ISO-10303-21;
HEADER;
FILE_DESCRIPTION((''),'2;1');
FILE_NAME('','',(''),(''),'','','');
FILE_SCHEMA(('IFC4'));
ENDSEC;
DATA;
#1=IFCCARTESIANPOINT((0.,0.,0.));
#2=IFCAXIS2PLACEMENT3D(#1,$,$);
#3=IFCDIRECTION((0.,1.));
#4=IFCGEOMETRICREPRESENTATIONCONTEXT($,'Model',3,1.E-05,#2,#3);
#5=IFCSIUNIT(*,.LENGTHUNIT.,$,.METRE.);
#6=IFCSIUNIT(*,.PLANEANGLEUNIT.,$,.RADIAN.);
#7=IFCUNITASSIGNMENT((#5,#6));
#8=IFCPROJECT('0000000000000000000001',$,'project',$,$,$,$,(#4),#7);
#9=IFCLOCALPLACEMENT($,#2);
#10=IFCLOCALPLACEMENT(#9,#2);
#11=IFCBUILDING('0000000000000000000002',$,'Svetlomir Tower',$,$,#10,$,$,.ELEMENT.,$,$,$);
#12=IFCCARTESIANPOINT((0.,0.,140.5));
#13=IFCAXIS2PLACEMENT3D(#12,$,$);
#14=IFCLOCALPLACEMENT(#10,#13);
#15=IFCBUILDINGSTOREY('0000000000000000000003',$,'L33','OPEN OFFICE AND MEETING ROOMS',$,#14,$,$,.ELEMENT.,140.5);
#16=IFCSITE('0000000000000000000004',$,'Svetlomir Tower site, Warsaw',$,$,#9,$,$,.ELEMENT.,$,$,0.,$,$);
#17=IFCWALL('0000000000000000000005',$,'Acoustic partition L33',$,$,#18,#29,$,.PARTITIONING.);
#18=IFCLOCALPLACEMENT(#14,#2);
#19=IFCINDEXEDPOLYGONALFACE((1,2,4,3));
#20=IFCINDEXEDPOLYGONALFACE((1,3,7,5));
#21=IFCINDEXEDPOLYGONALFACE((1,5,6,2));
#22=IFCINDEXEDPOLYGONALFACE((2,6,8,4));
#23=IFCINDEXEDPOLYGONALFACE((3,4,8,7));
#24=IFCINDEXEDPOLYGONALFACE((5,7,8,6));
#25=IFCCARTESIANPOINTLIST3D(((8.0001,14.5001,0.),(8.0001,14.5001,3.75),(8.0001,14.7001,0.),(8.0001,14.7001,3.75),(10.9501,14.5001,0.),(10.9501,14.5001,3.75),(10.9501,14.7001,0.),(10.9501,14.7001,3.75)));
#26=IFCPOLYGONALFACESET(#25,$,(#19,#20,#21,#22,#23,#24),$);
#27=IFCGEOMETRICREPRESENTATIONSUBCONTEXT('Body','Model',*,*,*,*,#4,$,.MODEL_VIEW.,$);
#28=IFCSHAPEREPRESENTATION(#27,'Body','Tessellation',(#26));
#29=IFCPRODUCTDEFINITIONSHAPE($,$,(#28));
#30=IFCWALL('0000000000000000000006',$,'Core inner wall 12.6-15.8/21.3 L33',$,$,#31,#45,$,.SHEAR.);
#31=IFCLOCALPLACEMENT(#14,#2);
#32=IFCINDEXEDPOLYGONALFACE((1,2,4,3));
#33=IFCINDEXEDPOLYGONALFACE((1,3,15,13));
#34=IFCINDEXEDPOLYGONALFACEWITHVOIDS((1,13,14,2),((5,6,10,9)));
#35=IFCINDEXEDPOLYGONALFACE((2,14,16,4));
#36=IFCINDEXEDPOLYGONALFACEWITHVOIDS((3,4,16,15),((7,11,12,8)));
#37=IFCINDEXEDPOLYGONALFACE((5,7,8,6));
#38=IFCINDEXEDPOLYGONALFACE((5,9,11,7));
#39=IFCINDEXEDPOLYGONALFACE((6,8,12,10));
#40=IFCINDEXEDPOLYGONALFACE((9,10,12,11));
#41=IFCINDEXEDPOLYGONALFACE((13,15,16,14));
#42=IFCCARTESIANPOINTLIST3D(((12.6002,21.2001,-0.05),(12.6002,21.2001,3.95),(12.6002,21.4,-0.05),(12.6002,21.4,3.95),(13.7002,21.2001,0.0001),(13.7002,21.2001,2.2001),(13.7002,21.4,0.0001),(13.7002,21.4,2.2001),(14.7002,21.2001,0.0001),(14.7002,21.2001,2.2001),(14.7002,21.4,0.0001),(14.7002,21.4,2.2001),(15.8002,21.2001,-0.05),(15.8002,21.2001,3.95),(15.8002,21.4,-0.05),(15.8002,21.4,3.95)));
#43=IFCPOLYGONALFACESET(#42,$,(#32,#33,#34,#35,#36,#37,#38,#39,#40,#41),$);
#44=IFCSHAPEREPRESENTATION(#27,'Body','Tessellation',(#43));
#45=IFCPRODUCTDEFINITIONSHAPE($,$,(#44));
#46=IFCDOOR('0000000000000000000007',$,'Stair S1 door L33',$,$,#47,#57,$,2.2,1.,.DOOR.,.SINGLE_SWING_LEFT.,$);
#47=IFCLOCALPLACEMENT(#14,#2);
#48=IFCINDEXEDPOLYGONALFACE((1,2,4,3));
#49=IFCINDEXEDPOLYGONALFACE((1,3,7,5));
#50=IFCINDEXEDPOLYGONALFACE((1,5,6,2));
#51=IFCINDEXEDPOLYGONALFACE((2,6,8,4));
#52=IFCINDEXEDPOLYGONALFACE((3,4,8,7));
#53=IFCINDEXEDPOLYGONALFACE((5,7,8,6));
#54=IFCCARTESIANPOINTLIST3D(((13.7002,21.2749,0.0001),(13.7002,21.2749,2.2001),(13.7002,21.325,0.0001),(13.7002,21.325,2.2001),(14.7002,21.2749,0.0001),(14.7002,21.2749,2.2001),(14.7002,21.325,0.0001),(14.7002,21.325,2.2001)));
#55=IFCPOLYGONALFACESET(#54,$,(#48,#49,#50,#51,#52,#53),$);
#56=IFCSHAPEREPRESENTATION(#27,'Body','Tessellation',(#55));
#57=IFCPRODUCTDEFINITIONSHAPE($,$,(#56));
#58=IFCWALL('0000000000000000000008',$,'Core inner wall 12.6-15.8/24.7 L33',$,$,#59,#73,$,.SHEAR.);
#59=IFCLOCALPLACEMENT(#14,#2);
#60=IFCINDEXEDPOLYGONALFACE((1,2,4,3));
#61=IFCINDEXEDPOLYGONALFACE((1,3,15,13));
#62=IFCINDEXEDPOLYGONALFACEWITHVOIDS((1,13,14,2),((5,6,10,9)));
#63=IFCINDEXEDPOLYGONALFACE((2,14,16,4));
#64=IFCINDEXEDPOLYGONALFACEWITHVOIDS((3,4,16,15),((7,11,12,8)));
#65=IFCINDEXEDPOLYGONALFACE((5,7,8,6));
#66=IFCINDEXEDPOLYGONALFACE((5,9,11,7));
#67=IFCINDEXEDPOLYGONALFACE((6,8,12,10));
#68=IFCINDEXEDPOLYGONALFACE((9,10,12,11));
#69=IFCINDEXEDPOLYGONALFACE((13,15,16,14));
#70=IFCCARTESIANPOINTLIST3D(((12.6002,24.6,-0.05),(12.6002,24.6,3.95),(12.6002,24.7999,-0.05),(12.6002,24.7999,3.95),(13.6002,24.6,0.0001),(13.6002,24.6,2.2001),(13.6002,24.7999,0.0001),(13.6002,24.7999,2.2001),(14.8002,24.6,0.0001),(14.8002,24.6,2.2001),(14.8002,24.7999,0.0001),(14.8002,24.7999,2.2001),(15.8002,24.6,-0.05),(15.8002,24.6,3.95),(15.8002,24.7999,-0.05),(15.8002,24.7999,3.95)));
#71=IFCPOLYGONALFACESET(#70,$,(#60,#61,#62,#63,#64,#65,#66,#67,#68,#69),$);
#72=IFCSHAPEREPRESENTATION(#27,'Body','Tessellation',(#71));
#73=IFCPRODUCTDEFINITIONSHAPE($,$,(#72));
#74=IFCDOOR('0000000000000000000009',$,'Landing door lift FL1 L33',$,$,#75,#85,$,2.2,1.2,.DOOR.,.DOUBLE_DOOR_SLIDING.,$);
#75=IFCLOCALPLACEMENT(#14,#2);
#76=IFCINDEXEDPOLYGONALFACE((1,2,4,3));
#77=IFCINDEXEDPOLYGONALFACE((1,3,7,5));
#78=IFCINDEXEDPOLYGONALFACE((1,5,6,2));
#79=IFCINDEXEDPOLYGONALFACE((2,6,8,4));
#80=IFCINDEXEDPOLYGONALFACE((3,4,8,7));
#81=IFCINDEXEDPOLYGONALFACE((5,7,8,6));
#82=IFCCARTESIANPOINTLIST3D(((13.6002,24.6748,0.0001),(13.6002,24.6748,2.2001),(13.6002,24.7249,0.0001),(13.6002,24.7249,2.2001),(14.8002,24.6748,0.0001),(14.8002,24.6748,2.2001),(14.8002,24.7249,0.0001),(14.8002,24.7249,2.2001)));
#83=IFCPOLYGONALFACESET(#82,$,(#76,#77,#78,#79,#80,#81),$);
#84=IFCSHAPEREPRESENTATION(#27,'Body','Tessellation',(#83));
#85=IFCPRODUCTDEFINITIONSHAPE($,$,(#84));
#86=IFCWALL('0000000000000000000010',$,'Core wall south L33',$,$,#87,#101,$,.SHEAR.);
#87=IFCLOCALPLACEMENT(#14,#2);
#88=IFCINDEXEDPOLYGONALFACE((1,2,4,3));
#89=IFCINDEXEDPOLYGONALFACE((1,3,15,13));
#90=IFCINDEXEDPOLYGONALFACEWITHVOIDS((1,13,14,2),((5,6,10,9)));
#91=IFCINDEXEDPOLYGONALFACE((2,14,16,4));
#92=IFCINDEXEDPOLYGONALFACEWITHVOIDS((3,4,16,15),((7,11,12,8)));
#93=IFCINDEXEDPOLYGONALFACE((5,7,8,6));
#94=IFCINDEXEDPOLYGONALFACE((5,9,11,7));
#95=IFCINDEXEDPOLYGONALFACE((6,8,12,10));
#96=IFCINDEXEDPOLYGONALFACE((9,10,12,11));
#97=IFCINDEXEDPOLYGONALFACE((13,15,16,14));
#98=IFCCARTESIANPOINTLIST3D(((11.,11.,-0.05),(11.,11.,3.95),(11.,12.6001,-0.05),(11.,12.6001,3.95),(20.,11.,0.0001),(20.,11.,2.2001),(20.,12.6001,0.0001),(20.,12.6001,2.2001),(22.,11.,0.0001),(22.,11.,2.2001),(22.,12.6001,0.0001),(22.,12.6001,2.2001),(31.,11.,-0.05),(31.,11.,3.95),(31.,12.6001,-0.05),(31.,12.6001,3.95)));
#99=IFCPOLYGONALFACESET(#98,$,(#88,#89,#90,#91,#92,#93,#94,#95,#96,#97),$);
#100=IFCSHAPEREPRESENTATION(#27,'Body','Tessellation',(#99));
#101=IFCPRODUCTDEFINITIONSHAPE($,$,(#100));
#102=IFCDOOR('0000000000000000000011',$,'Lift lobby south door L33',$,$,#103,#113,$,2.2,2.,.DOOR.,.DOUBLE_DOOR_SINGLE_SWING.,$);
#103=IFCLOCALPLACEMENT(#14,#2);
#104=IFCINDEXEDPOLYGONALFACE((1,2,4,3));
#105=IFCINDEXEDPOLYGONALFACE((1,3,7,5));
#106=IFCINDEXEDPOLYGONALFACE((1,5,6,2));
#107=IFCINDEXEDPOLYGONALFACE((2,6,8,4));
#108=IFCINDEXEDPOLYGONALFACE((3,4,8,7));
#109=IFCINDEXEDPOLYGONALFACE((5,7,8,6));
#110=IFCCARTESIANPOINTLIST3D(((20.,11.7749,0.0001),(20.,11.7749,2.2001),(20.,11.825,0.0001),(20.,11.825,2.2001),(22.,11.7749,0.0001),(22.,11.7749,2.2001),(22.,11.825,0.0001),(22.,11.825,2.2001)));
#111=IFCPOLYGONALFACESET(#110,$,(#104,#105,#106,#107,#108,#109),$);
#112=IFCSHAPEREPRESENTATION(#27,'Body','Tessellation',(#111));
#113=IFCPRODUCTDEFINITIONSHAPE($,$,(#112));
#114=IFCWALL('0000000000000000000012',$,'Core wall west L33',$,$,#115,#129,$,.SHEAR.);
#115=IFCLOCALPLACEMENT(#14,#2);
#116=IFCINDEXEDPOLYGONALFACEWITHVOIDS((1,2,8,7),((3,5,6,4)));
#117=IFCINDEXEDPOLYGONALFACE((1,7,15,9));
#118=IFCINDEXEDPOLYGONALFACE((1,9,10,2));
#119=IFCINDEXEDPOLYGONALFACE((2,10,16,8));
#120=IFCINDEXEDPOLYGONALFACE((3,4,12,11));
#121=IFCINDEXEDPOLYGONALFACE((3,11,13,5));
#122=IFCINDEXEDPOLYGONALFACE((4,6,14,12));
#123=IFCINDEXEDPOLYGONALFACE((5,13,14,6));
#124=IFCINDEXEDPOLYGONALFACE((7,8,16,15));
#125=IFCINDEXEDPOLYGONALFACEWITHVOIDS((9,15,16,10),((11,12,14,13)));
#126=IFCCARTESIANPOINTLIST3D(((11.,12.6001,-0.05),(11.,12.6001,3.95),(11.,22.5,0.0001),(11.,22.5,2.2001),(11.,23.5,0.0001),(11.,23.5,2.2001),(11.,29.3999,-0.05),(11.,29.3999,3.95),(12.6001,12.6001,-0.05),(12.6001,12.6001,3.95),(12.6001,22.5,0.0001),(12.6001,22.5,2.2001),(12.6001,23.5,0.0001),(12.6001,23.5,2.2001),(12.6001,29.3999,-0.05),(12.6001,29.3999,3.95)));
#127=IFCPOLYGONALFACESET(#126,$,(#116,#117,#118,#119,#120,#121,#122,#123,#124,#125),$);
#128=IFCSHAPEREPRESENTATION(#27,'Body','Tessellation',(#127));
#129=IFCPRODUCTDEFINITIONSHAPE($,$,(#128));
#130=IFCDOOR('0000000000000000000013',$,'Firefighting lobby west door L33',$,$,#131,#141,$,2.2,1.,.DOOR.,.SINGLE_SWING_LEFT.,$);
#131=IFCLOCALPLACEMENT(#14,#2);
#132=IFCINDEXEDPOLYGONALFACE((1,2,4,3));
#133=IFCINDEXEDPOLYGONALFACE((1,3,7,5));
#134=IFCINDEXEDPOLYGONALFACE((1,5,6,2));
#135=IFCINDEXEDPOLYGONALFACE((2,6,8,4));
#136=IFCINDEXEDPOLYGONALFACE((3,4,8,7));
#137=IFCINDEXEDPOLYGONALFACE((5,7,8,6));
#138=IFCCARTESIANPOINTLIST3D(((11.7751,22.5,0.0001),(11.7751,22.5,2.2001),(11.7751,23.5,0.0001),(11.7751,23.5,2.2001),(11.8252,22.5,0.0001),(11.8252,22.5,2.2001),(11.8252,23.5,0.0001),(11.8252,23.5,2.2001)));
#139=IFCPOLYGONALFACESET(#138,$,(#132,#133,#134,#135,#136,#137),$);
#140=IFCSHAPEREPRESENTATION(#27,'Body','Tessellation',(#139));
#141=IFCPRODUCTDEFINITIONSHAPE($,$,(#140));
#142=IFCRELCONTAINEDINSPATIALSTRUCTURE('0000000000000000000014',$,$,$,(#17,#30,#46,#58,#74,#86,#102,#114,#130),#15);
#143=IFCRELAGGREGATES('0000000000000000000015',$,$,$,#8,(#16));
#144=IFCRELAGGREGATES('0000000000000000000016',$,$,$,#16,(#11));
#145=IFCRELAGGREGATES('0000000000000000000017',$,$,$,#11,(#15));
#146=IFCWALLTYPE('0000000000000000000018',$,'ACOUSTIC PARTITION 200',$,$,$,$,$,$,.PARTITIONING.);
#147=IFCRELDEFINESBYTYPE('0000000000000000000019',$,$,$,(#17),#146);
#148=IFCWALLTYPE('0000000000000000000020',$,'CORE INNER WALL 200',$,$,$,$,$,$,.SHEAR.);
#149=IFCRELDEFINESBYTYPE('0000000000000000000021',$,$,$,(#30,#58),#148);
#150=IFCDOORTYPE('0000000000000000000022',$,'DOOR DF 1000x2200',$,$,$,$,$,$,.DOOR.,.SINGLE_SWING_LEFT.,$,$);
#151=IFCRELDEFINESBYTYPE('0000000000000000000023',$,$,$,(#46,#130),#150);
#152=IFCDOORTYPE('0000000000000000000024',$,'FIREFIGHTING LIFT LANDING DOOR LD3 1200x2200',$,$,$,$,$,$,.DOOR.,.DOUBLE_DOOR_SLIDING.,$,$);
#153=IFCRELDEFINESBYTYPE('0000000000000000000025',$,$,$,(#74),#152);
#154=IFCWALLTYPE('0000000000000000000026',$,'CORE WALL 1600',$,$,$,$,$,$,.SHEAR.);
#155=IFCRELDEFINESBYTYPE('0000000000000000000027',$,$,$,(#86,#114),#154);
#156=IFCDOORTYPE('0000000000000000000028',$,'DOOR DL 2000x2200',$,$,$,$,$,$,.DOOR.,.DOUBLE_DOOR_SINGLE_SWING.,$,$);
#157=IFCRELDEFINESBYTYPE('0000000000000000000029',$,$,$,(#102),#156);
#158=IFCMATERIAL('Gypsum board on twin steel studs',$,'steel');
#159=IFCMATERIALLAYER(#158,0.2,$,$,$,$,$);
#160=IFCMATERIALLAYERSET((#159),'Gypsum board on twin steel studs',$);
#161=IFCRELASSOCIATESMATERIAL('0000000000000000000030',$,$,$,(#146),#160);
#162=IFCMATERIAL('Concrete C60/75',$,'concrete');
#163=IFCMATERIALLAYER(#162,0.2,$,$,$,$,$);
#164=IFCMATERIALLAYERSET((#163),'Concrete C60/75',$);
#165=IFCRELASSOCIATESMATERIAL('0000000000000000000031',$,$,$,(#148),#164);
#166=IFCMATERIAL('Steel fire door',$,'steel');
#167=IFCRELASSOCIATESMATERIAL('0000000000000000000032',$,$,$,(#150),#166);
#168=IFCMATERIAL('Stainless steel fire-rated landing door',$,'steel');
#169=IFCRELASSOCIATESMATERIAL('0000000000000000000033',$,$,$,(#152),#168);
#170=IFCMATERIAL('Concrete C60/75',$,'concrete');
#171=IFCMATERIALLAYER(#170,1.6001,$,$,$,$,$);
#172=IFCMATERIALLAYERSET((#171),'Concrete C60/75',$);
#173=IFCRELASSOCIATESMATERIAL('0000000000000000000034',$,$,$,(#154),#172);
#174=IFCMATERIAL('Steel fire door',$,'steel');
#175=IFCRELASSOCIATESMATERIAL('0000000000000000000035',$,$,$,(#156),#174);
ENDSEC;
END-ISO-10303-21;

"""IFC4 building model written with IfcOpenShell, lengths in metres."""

from ifc_helpers import new_model, si_unit, direction, frame, frame_2d, origin, place, context, subcontext, project, spatial, rectangle, extrude, material, layer, layer_set, type_object, element, fill, save


model = new_model("IFC4")

# Units and contexts
model_context = context("Model", 3, precision=1e-05, world=origin(), true_north=direction((0.0, 1.0)))
body_context = subcontext(model_context, "Body", "Model", "MODEL_VIEW")
ifc_project = project(units=[si_unit("LENGTHUNIT", "METRE"), si_unit("PLANEANGLEUNIT", "RADIAN")], contexts=[model_context])

# Site, building, storey
site_placement = place(None, origin())
site = spatial("IfcSite", under=ifc_project, at=site_placement, Name="Svetlomir Tower site, Warsaw", CompositionType="ELEMENT", RefElevation=0.0)
building_placement = place(site_placement, origin())
building = spatial("IfcBuilding", under=site, at=building_placement, Name="Svetlomir Tower", CompositionType="ELEMENT")
storey_placement = place(building_placement, frame((0.0, 0.0, 140.5)))
storey = spatial("IfcBuildingStorey", under=building, at=storey_placement, Name="L33", Description="OPEN OFFICE AND MEETING ROOMS", CompositionType="ELEMENT", Elevation=140.5)

# Wall
ifc_material_1 = material(Name="Gypsum board on twin steel studs", Category="steel")
ifc_layer_1 = layer(ifc_material_1, 0.2)
ifc_layer_set_1 = layer_set([ifc_layer_1], Name="Gypsum board on twin steel studs")
wall_type_1 = type_object("IfcWallType", Name="ACOUSTIC PARTITION 200", PredefinedType="PARTITIONING", material=ifc_layer_set_1)
wall_1_placement = place(storey_placement, frame((8.0, 14.6001, 0.0), z_axis=(0.0, 0.0, 1.0), x_axis=(1.0, 0.0, 0.0)))
element("IfcWall", 1, at=wall_1_placement, inside=storey, type_object=wall_type_1, Name="Acoustic partition L33", PredefinedType="PARTITIONING", context=body_context, shape_type="SweptSolid", body=[
    extrude(rectangle(XDim=2.95, YDim=0.2, at=frame_2d((1.4751, 0.0))), origin(), (0.0, 0.0, 1.0), 3.75),
])

# Walls, openings, doors
ifc_material_2 = material(Name="Concrete C60/75", Category="concrete")
ifc_layer_2 = layer(ifc_material_2, 0.2)
ifc_layer_set_2 = layer_set([ifc_layer_2], Name="Concrete C60/75")
wall_type_2 = type_object("IfcWallType", Name="CORE INNER WALL 200", PredefinedType="SHEAR", material=ifc_layer_set_2)
wall_2_placement = place(storey_placement, frame((12.6001, 21.3, -0.05), z_axis=(0.0, 0.0, 1.0), x_axis=(1.0, 0.0, 0.0)))
wall_2 = element("IfcWall", 2, at=wall_2_placement, inside=storey, type_object=wall_type_2, Name="Core inner wall 12.6-15.8/21.3 L33", PredefinedType="SHEAR", context=body_context, shape_type="SweptSolid", body=[
    extrude(rectangle(XDim=3.2, YDim=0.2, at=frame_2d((1.6001, 0.0))), origin(), (0.0, 0.0, 1.0), 4.0),
])
opening_1_placement = place(wall_2_placement, frame((1.1001, 0.0, 0.05)))
opening_1 = element("IfcOpeningElement", 3, at=opening_1_placement, cuts=wall_2, PredefinedType="OPENING", context=body_context, shape_type="SweptSolid", body=[
    extrude(rectangle(XDim=1.0, YDim=2.2, at=frame_2d((0.5, 1.1001))), frame((0.0, 0.1099, 0.0), z_axis=(0.0, -1.0, 0.0), x_axis=(1.0, 0.0, 0.0)), (0.0, 0.0, 1.0), 0.22),
])
ifc_material_3 = material(Name="Steel fire door", Category="steel")
door_type_1 = type_object("IfcDoorType", Name="DOOR DF 1000x2200", OperationType="SINGLE_SWING_LEFT", PredefinedType="DOOR", material=ifc_material_3)
door_1_placement = place(opening_1_placement, origin())
door_1 = element("IfcDoor", 4, at=door_1_placement, inside=storey, type_object=door_type_1, Name="Stair S1 door L33", OperationType="SINGLE_SWING_LEFT", OverallHeight=2.2, OverallWidth=1.0, PredefinedType="DOOR", context=body_context, shape_type="SweptSolid", body=[
    extrude(rectangle(XDim=1.0, YDim=2.2, at=frame_2d((0.5, 1.1001))), frame((0.0, 0.0249, 0.0), z_axis=(0.0, -1.0, 0.0), x_axis=(1.0, 0.0, 0.0)), (0.0, 0.0, 1.0), 0.05),
])
fill(opening_1, door_1)
wall_3_placement = place(storey_placement, frame((12.6001, 24.7, -0.05), z_axis=(0.0, 0.0, 1.0), x_axis=(1.0, 0.0, 0.0)))
wall_3 = element("IfcWall", 5, at=wall_3_placement, inside=storey, type_object=wall_type_2, Name="Core inner wall 12.6-15.8/24.7 L33", PredefinedType="SHEAR", context=body_context, shape_type="SweptSolid", body=[
    extrude(rectangle(XDim=3.2, YDim=0.2, at=frame_2d((1.6001, 0.0))), origin(), (0.0, 0.0, 1.0), 4.0),
])
opening_2_placement = place(wall_3_placement, frame((1.0, 0.0, 0.05)))
opening_2 = element("IfcOpeningElement", 6, at=opening_2_placement, cuts=wall_3, PredefinedType="OPENING", context=body_context, shape_type="SweptSolid", body=[
    extrude(rectangle(XDim=1.2, YDim=2.2, at=frame_2d((0.6001, 1.1001))), frame((0.0, 0.1099, 0.0), z_axis=(0.0, -1.0, 0.0), x_axis=(1.0, 0.0, 0.0)), (0.0, 0.0, 1.0), 0.22),
])
ifc_material_4 = material(Name="Stainless steel fire-rated landing door", Category="steel")
door_type_2 = type_object("IfcDoorType", Name="FIREFIGHTING LIFT LANDING DOOR LD3 1200x2200", OperationType="DOUBLE_DOOR_SLIDING", PredefinedType="DOOR", material=ifc_material_4)
door_2_placement = place(opening_2_placement, origin())
door_2 = element("IfcDoor", 7, at=door_2_placement, inside=storey, type_object=door_type_2, Name="Landing door lift FL1 L33", OperationType="DOUBLE_DOOR_SLIDING", OverallHeight=2.2, OverallWidth=1.2, PredefinedType="DOOR", context=body_context, shape_type="SweptSolid", body=[
    extrude(rectangle(XDim=1.2, YDim=2.2, at=frame_2d((0.6001, 1.1001))), frame((0.0, 0.0249, 0.0), z_axis=(0.0, -1.0, 0.0), x_axis=(1.0, 0.0, 0.0)), (0.0, 0.0, 1.0), 0.05),
])
fill(opening_2, door_2)
ifc_material_5 = material(Name="Concrete C60/75", Category="concrete")
ifc_layer_3 = layer(ifc_material_5, 1.6001)
ifc_layer_set_3 = layer_set([ifc_layer_3], Name="Concrete C60/75")
wall_type_3 = type_object("IfcWallType", Name="CORE WALL 1600", PredefinedType="SHEAR", material=ifc_layer_set_3)
wall_4_placement = place(storey_placement, frame((11.0, 11.8, -0.05), z_axis=(0.0, 0.0, 1.0), x_axis=(1.0, 0.0, 0.0)))
wall_4 = element("IfcWall", 8, at=wall_4_placement, inside=storey, type_object=wall_type_3, Name="Core wall south L33", PredefinedType="SHEAR", context=body_context, shape_type="SweptSolid", body=[
    extrude(rectangle(XDim=20.0, YDim=1.6001, at=frame_2d((10.0, 0.0))), origin(), (0.0, 0.0, 1.0), 4.0),
])
opening_3_placement = place(wall_4_placement, frame((9.0, 0.0, 0.05)))
opening_3 = element("IfcOpeningElement", 9, at=opening_3_placement, cuts=wall_4, PredefinedType="OPENING", context=body_context, shape_type="SweptSolid", body=[
    extrude(rectangle(XDim=2.0, YDim=2.2, at=frame_2d((1.0, 1.1001))), frame((0.0, 0.8101, 0.0), z_axis=(0.0, -1.0, 0.0), x_axis=(1.0, 0.0, 0.0)), (0.0, 0.0, 1.0), 1.6201),
])
ifc_material_6 = material(Name="Steel fire door", Category="steel")
door_type_3 = type_object("IfcDoorType", Name="DOOR DL 2000x2200", OperationType="DOUBLE_DOOR_SINGLE_SWING", PredefinedType="DOOR", material=ifc_material_6)
door_3_placement = place(opening_3_placement, origin())
door_3 = element("IfcDoor", 10, at=door_3_placement, inside=storey, type_object=door_type_3, Name="Lift lobby south door L33", OperationType="DOUBLE_DOOR_SINGLE_SWING", OverallHeight=2.2, OverallWidth=2.0, PredefinedType="DOOR", context=body_context, shape_type="SweptSolid", body=[
    extrude(rectangle(XDim=2.0, YDim=2.2, at=frame_2d((1.0, 1.1001))), frame((0.0, 0.0249, 0.0), z_axis=(0.0, -1.0, 0.0), x_axis=(1.0, 0.0, 0.0)), (0.0, 0.0, 1.0), 0.05),
])
fill(opening_3, door_3)
wall_5_placement = place(storey_placement, frame((11.8, 12.6001, -0.05), z_axis=(0.0, 0.0, 1.0), x_axis=(0.0, 1.0, 0.0)))
wall_5 = element("IfcWall", 11, at=wall_5_placement, inside=storey, type_object=wall_type_3, Name="Core wall west L33", PredefinedType="SHEAR", context=body_context, shape_type="SweptSolid", body=[
    extrude(rectangle(XDim=16.7998, YDim=1.6001, at=frame_2d((8.3999, 0.0))), origin(), (0.0, 0.0, 1.0), 4.0),
])
opening_4_placement = place(wall_5_placement, frame((9.8999, 0.0, 0.05)))
opening_4 = element("IfcOpeningElement", 12, at=opening_4_placement, cuts=wall_5, PredefinedType="OPENING", context=body_context, shape_type="SweptSolid", body=[
    extrude(rectangle(XDim=1.0, YDim=2.2, at=frame_2d((0.5, 1.1001))), frame((0.0, 0.8101, 0.0), z_axis=(0.0, -1.0, 0.0), x_axis=(1.0, 0.0, 0.0)), (0.0, 0.0, 1.0), 1.6201),
])
door_4_placement = place(opening_4_placement, origin())
door_4 = element("IfcDoor", 13, at=door_4_placement, inside=storey, type_object=door_type_1, Name="Firefighting lobby west door L33", OperationType="SINGLE_SWING_LEFT", OverallHeight=2.2, OverallWidth=1.0, PredefinedType="DOOR", context=body_context, shape_type="SweptSolid", body=[
    extrude(rectangle(XDim=1.0, YDim=2.2, at=frame_2d((0.5, 1.1001))), frame((0.0, 0.0249, 0.0), z_axis=(0.0, -1.0, 0.0), x_axis=(1.0, 0.0, 0.0)), (0.0, 0.0, 1.0), 0.05),
])
fill(opening_4, door_4)

save(model, "model.ifc")
